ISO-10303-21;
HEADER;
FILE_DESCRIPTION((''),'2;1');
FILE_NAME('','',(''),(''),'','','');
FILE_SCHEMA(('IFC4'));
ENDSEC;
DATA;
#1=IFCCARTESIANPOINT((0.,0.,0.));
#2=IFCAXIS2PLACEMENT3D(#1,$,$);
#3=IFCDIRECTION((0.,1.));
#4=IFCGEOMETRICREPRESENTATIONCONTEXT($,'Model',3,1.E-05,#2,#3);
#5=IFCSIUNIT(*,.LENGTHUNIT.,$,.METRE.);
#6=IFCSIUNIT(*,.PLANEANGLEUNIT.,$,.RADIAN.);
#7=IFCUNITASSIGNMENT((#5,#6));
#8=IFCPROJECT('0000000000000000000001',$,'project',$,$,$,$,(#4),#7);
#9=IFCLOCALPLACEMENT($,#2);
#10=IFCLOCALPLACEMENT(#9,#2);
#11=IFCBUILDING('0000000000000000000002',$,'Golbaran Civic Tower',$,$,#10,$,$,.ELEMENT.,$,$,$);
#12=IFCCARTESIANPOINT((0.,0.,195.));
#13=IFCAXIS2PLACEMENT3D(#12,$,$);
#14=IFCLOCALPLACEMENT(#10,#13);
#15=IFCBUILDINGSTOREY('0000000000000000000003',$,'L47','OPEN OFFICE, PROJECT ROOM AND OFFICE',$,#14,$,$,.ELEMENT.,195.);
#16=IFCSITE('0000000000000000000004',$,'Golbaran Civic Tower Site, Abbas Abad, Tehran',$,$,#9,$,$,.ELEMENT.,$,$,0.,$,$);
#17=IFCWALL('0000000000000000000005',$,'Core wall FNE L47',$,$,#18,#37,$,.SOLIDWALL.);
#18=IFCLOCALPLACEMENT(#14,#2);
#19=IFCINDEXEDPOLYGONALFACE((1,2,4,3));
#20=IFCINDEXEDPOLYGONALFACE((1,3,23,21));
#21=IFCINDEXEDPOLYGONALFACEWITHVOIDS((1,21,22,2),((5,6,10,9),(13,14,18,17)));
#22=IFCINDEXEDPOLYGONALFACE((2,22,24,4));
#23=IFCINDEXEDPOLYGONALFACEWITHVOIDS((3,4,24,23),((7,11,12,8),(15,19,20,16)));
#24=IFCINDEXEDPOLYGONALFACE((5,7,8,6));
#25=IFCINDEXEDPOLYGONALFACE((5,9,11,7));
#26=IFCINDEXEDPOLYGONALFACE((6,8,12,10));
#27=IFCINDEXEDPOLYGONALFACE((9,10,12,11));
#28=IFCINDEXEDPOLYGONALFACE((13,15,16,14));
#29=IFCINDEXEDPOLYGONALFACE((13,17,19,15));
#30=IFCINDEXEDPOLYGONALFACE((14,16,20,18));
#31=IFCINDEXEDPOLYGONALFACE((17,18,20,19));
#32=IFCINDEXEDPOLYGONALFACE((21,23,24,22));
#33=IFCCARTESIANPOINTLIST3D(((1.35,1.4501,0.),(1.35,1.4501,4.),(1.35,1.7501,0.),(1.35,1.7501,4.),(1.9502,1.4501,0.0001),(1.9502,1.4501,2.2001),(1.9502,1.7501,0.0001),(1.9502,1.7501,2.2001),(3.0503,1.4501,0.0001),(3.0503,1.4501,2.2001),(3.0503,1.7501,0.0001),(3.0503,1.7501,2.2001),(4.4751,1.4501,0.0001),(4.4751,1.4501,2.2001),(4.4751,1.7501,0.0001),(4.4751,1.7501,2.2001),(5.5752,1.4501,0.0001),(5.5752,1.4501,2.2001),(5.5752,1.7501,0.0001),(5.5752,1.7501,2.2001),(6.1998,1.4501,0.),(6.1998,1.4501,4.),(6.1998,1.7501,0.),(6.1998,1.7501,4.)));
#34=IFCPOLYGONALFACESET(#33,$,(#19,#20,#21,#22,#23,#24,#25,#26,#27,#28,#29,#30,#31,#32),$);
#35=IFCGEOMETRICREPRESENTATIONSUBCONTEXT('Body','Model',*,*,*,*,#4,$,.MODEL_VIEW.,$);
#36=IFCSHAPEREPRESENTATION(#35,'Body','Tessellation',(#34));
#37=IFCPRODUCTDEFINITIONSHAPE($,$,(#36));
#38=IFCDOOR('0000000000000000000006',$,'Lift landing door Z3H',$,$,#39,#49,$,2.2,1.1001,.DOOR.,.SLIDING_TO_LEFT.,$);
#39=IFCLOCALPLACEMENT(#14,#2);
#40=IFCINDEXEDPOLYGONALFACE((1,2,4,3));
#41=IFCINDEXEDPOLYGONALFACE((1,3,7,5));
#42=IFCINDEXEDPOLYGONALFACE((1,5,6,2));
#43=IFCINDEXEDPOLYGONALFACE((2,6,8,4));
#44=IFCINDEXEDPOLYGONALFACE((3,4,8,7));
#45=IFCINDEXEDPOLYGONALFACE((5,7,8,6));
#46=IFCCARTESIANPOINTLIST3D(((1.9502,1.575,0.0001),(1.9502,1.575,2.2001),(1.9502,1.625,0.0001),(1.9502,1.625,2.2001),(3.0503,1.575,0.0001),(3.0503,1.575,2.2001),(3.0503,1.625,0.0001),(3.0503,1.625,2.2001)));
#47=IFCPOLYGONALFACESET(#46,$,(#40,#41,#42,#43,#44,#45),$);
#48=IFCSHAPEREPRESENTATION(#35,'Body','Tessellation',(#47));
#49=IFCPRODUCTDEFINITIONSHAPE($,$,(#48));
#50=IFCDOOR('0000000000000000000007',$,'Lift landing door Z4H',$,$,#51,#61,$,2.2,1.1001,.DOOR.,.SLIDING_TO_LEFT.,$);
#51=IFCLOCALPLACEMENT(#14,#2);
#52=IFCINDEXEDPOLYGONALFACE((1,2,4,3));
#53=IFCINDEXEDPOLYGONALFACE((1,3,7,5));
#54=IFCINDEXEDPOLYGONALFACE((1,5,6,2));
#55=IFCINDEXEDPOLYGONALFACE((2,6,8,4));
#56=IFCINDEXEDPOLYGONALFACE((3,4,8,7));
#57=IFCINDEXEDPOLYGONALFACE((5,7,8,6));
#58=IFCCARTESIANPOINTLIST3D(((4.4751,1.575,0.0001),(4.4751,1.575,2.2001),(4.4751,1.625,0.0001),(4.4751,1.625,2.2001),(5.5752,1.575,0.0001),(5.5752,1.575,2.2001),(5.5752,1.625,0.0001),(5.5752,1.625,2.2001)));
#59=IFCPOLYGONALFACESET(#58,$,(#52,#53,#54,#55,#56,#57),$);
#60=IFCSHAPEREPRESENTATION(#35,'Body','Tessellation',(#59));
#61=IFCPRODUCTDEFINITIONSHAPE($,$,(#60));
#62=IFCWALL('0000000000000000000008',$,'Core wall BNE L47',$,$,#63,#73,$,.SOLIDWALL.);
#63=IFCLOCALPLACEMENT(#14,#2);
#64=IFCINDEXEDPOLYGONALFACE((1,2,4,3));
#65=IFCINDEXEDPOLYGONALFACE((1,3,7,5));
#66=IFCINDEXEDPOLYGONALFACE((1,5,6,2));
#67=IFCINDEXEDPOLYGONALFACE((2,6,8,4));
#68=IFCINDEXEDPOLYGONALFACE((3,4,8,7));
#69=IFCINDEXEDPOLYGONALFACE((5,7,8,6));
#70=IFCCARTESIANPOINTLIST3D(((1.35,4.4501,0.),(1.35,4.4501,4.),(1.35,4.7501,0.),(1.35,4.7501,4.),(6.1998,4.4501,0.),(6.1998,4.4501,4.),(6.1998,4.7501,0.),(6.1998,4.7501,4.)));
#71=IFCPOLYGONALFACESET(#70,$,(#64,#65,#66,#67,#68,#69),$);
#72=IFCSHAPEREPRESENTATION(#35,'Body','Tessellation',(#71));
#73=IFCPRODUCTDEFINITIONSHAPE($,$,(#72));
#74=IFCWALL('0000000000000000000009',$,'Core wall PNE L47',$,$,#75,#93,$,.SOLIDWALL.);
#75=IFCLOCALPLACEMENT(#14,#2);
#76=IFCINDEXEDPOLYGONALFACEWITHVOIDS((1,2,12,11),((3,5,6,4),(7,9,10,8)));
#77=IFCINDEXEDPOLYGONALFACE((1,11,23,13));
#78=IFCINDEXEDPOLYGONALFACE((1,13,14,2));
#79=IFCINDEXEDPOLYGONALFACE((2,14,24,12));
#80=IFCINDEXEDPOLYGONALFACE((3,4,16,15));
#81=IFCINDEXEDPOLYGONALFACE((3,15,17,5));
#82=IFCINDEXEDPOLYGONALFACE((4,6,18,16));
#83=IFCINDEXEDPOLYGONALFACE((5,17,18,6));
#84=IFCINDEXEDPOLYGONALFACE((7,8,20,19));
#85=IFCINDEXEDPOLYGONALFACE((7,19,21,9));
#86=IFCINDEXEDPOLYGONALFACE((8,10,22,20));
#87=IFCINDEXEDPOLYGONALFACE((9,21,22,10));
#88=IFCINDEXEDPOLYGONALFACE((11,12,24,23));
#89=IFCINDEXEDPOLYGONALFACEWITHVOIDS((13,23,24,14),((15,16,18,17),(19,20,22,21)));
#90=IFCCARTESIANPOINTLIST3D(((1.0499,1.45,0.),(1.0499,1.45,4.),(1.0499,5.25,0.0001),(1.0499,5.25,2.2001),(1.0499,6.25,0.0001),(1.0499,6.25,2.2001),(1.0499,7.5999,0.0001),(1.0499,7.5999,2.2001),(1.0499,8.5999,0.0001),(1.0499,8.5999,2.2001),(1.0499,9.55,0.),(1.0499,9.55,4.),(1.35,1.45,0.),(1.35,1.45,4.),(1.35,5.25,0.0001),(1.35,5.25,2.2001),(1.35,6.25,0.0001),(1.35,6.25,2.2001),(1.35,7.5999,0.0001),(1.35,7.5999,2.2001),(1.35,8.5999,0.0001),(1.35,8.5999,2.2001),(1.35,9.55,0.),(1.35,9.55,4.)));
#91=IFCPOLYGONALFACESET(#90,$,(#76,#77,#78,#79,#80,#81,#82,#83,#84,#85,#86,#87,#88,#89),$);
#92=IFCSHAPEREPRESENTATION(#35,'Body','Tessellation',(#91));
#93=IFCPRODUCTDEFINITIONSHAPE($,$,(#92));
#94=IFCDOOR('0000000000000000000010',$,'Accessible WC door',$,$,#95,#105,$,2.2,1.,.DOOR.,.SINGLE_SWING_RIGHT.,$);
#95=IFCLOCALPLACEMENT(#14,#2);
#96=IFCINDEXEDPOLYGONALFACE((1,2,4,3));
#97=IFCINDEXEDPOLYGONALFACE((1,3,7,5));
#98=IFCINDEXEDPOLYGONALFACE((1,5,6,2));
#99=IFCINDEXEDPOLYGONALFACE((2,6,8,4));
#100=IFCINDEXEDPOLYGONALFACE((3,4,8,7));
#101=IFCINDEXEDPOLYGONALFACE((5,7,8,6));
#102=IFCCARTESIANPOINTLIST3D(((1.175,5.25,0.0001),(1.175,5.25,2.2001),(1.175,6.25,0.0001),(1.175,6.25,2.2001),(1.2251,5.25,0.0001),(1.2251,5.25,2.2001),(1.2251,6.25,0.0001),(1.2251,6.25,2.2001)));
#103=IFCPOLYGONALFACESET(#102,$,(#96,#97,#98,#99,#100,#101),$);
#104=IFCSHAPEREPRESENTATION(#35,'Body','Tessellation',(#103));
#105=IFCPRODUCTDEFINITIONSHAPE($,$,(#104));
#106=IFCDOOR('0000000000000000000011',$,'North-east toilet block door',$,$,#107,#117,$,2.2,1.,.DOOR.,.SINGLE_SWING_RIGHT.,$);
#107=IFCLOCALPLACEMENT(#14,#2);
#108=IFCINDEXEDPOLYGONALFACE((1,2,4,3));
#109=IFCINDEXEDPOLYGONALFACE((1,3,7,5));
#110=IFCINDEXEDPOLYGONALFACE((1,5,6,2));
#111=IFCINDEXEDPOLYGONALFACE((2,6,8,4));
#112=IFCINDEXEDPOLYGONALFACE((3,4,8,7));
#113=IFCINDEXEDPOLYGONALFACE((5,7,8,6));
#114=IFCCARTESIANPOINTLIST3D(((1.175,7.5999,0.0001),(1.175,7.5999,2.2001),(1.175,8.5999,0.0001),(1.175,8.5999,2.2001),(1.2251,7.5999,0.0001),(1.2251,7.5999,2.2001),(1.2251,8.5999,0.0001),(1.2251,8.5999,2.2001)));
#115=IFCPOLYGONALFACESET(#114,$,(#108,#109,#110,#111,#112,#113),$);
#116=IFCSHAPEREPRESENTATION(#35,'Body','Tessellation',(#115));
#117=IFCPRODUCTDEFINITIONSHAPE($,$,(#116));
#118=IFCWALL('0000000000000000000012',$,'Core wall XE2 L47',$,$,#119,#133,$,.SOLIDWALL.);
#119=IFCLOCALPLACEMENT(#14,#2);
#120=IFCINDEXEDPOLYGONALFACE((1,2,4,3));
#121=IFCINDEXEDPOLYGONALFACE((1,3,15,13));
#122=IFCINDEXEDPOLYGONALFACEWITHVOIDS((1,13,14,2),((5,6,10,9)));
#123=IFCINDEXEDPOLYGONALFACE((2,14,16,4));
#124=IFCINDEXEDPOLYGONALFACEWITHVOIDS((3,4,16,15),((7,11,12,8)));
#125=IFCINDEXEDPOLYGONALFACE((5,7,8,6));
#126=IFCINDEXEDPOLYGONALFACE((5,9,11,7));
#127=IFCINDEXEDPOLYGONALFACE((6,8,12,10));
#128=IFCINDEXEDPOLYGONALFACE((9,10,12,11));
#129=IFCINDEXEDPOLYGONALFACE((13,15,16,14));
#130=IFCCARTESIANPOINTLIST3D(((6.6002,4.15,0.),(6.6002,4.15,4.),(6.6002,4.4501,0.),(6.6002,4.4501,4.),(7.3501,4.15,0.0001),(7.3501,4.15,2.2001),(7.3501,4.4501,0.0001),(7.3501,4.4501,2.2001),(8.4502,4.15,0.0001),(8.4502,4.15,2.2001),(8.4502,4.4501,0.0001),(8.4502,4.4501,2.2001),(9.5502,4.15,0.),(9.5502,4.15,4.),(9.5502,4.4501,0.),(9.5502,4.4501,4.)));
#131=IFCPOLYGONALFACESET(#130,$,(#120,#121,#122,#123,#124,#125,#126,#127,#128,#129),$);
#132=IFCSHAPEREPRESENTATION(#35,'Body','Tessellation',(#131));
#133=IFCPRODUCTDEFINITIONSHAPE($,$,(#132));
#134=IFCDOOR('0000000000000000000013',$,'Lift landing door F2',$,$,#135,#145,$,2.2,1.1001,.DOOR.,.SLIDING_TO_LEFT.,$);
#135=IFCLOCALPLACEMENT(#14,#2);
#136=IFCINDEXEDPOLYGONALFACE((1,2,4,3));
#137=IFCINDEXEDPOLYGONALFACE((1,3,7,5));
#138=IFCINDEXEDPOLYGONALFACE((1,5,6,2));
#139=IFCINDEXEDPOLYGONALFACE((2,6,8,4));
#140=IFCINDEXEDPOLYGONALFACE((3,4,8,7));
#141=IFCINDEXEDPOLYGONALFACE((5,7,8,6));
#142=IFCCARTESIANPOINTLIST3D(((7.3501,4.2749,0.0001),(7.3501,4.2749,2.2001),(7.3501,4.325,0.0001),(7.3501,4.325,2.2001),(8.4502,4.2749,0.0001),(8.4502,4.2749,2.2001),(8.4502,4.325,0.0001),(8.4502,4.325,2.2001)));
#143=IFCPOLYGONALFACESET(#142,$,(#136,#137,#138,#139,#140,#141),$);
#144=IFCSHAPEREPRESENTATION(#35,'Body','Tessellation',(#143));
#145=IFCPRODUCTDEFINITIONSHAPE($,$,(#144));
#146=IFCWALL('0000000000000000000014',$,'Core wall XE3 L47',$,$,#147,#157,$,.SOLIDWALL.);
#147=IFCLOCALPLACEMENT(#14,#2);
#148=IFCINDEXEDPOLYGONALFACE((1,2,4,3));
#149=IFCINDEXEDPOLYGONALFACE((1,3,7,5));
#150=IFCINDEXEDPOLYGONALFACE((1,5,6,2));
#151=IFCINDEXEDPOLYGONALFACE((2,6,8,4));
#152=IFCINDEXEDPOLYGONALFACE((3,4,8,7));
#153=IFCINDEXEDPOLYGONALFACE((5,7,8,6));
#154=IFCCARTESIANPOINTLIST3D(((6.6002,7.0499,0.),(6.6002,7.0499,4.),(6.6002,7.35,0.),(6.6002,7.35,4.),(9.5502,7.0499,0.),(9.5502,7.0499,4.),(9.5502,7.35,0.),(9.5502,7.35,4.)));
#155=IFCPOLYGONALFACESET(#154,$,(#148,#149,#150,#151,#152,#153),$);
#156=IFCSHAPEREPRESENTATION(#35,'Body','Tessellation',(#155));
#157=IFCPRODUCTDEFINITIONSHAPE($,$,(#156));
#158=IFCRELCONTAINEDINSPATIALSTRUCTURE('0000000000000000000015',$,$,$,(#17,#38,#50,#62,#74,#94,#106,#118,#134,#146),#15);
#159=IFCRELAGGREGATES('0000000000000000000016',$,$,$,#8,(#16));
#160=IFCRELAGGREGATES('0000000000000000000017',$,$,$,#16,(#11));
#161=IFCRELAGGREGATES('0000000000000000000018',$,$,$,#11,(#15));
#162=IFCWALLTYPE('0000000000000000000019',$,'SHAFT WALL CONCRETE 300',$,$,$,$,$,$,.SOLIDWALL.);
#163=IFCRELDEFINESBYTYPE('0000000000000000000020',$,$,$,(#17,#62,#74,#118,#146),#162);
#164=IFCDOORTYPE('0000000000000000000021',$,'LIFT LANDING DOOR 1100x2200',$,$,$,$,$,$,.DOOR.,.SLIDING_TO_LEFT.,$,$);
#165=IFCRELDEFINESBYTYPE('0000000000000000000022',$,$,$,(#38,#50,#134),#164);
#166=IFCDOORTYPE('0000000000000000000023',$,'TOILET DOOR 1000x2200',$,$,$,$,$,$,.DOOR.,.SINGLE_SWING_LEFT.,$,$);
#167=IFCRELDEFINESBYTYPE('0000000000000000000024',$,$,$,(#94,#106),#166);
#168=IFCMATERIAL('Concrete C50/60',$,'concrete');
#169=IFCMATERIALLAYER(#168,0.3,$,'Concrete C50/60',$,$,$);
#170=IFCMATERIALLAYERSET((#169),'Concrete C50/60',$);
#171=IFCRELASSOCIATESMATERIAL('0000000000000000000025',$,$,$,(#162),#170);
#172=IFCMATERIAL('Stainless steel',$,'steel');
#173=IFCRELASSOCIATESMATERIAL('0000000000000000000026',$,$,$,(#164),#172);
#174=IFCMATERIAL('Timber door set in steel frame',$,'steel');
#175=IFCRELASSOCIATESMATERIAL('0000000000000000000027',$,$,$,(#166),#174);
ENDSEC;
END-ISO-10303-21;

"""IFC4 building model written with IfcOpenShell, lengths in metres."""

from ifc_helpers import new_model, si_unit, direction, frame, frame_2d, origin, place, context, subcontext, project, spatial, rectangle, extrude, material, layer, layer_set, type_object, element, fill, save


model = new_model("IFC4")

# Units and contexts
model_context = context("Model", 3, precision=1e-05, world=origin(), true_north=direction((0.0, 1.0)))
body_context = subcontext(model_context, "Body", "Model", "MODEL_VIEW")
ifc_project = project(units=[si_unit("LENGTHUNIT", "METRE"), si_unit("PLANEANGLEUNIT", "RADIAN")], contexts=[model_context])

# Site, building, storey
site_placement = place(None, origin())
site = spatial("IfcSite", under=ifc_project, at=site_placement, Name="Golbaran Civic Tower Site, Abbas Abad, Tehran", CompositionType="ELEMENT", RefElevation=0.0)
building_placement = place(site_placement, origin())
building = spatial("IfcBuilding", under=site, at=building_placement, Name="Golbaran Civic Tower", CompositionType="ELEMENT")
storey_placement = place(building_placement, frame((0.0, 0.0, 195.0)))
storey = spatial("IfcBuildingStorey", under=building, at=storey_placement, Name="L47", Description="OPEN OFFICE, PROJECT ROOM AND OFFICE", CompositionType="ELEMENT", Elevation=195.0)

# Shared definitions
ifc_material_1 = material(Name="Timber door set in steel frame", Category="steel")

# Wall, openings, doors
ifc_material_2 = material(Name="Concrete C50/60", Category="concrete")
ifc_layer_1 = layer(ifc_material_2, 0.3, Name="Concrete C50/60")
ifc_layer_set_1 = layer_set([ifc_layer_1], Name="Concrete C50/60")
wall_type_1 = type_object("IfcWallType", Name="SHAFT WALL CONCRETE 300", PredefinedType="SOLIDWALL", material=ifc_layer_set_1)
wall_1_placement = place(storey_placement, frame((1.3501, 1.6001, 0.0), z_axis=(0.0, 0.0, 1.0), x_axis=(1.0, 0.0, 0.0)))
wall_1 = element("IfcWall", 1, at=wall_1_placement, inside=storey, type_object=wall_type_1, Name="Core wall FNE L47", PredefinedType="SOLIDWALL", context=body_context, shape_type="SweptSolid", body=[
    extrude(rectangle(XDim=4.8499, YDim=0.3, at=frame_2d((2.4248, 0.0))), origin(), (0.0, 0.0, 1.0), 4.0),
])
opening_1_placement = place(wall_1_placement, frame((0.6001, 0.0, 0.0)))
opening_1 = element("IfcOpeningElement", 2, at=opening_1_placement, cuts=wall_1, PredefinedType="OPENING", context=body_context, shape_type="SweptSolid", body=[
    extrude(rectangle(XDim=1.1001, YDim=2.2, at=frame_2d((0.55, 1.1001))), frame((0.0, 0.1599, 0.0), z_axis=(0.0, -1.0, 0.0), x_axis=(1.0, 0.0, 0.0)), (0.0, 0.0, 1.0), 0.3201),
])
opening_2_placement = place(wall_1_placement, frame((3.125, 0.0, 0.0)))
opening_2 = element("IfcOpeningElement", 3, at=opening_2_placement, cuts=wall_1, PredefinedType="OPENING", context=body_context, shape_type="SweptSolid", body=[
    extrude(rectangle(XDim=1.1001, YDim=2.2, at=frame_2d((0.55, 1.1001))), frame((0.0, 0.1599, 0.0), z_axis=(0.0, -1.0, 0.0), x_axis=(1.0, 0.0, 0.0)), (0.0, 0.0, 1.0), 0.3201),
])
ifc_material_3 = material(Name="Stainless steel", Category="steel")
door_type_1 = type_object("IfcDoorType", Name="LIFT LANDING DOOR 1100x2200", OperationType="SLIDING_TO_LEFT", PredefinedType="DOOR", material=ifc_material_3)
door_1_placement = place(opening_1_placement, origin())
door_1 = element("IfcDoor", 4, at=door_1_placement, inside=storey, type_object=door_type_1, Name="Lift landing door Z3H", OperationType="SLIDING_TO_LEFT", OverallHeight=2.2, OverallWidth=1.1001, PredefinedType="DOOR", context=body_context, shape_type="SweptSolid", body=[
    extrude(rectangle(XDim=1.1001, YDim=2.2, at=frame_2d((0.55, 1.1001))), frame((0.0, 0.0249, 0.0), z_axis=(0.0, -1.0, 0.0), x_axis=(1.0, 0.0, 0.0)), (0.0, 0.0, 1.0), 0.05),
])
fill(opening_1, door_1)
door_2_placement = place(opening_2_placement, origin())
door_2 = element("IfcDoor", 5, at=door_2_placement, inside=storey, type_object=door_type_1, Name="Lift landing door Z4H", OperationType="SLIDING_TO_LEFT", OverallHeight=2.2, OverallWidth=1.1001, PredefinedType="DOOR", context=body_context, shape_type="SweptSolid", body=[
    extrude(rectangle(XDim=1.1001, YDim=2.2, at=frame_2d((0.55, 1.1001))), frame((0.0, 0.0249, 0.0), z_axis=(0.0, -1.0, 0.0), x_axis=(1.0, 0.0, 0.0)), (0.0, 0.0, 1.0), 0.05),
])
fill(opening_2, door_2)

# Wall
wall_2_placement = place(storey_placement, frame((1.3501, 4.6001, 0.0), z_axis=(0.0, 0.0, 1.0), x_axis=(1.0, 0.0, 0.0)))
element("IfcWall", 6, at=wall_2_placement, inside=storey, type_object=wall_type_1, Name="Core wall BNE L47", PredefinedType="SOLIDWALL", context=body_context, shape_type="SweptSolid", body=[
    extrude(rectangle(XDim=4.8499, YDim=0.3, at=frame_2d((2.4248, 0.0))), origin(), (0.0, 0.0, 1.0), 4.0),
])

# Wall, openings, doors
wall_3_placement = place(storey_placement, frame((1.2, 1.45, 0.0), z_axis=(0.0, 0.0, 1.0), x_axis=(0.0, 1.0, 0.0)))
wall_3 = element("IfcWall", 7, at=wall_3_placement, inside=storey, type_object=wall_type_1, Name="Core wall PNE L47", PredefinedType="SOLIDWALL", context=body_context, shape_type="SweptSolid", body=[
    extrude(rectangle(XDim=8.1001, YDim=0.3, at=frame_2d((4.05, 0.0))), origin(), (0.0, 0.0, 1.0), 4.0),
])
opening_3_placement = place(wall_3_placement, frame((3.8, 0.0, 0.0)))
opening_3 = element("IfcOpeningElement", 8, at=opening_3_placement, cuts=wall_3, PredefinedType="OPENING", context=body_context, shape_type="SweptSolid", body=[
    extrude(rectangle(XDim=1.0, YDim=2.2, at=frame_2d((0.5, 1.1001))), frame((0.0, 0.1599, 0.0), z_axis=(0.0, -1.0, 0.0), x_axis=(1.0, 0.0, 0.0)), (0.0, 0.0, 1.0), 0.3201),
])
opening_4_placement = place(wall_3_placement, frame((6.1499, 0.0, 0.0)))
opening_4 = element("IfcOpeningElement", 9, at=opening_4_placement, cuts=wall_3, PredefinedType="OPENING", context=body_context, shape_type="SweptSolid", body=[
    extrude(rectangle(XDim=1.0, YDim=2.2, at=frame_2d((0.5, 1.1001))), frame((0.0, 0.1599, 0.0), z_axis=(0.0, -1.0, 0.0), x_axis=(1.0, 0.0, 0.0)), (0.0, 0.0, 1.0), 0.3201),
])
door_type_2 = type_object("IfcDoorType", Name="TOILET DOOR 1000x2200", OperationType="SINGLE_SWING_LEFT", PredefinedType="DOOR", material=ifc_material_1)
door_3_placement = place(opening_3_placement, origin())
door_3 = element("IfcDoor", 10, at=door_3_placement, inside=storey, type_object=door_type_2, Name="Accessible WC door", OperationType="SINGLE_SWING_RIGHT", OverallHeight=2.2, OverallWidth=1.0, PredefinedType="DOOR", context=body_context, shape_type="SweptSolid", body=[
    extrude(rectangle(XDim=1.0, YDim=2.2, at=frame_2d((0.5, 1.1001))), frame((0.0, 0.0249, 0.0), z_axis=(0.0, -1.0, 0.0), x_axis=(1.0, 0.0, 0.0)), (0.0, 0.0, 1.0), 0.05),
])
fill(opening_3, door_3)
door_4_placement = place(opening_4_placement, origin())
door_4 = element("IfcDoor", 11, at=door_4_placement, inside=storey, type_object=door_type_2, Name="North-east toilet block door", OperationType="SINGLE_SWING_RIGHT", OverallHeight=2.2, OverallWidth=1.0, PredefinedType="DOOR", context=body_context, shape_type="SweptSolid", body=[
    extrude(rectangle(XDim=1.0, YDim=2.2, at=frame_2d((0.5, 1.1001))), frame((0.0, 0.0249, 0.0), z_axis=(0.0, -1.0, 0.0), x_axis=(1.0, 0.0, 0.0)), (0.0, 0.0, 1.0), 0.05),
])
fill(opening_4, door_4)

# Wall, opening, door
wall_4_placement = place(storey_placement, frame((6.6001, 4.3, 0.0), z_axis=(0.0, 0.0, 1.0), x_axis=(1.0, 0.0, 0.0)))
wall_4 = element("IfcWall", 12, at=wall_4_placement, inside=storey, type_object=wall_type_1, Name="Core wall XE2 L47", PredefinedType="SOLIDWALL", context=body_context, shape_type="SweptSolid", body=[
    extrude(rectangle(XDim=2.95, YDim=0.3, at=frame_2d((1.4751, 0.0))), origin(), (0.0, 0.0, 1.0), 4.0),
])
opening_5_placement = place(wall_4_placement, frame((0.75, 0.0, 0.0)))
opening_5 = element("IfcOpeningElement", 13, at=opening_5_placement, cuts=wall_4, PredefinedType="OPENING", context=body_context, shape_type="SweptSolid", body=[
    extrude(rectangle(XDim=1.1001, YDim=2.2, at=frame_2d((0.55, 1.1001))), frame((0.0, 0.1599, 0.0), z_axis=(0.0, -1.0, 0.0), x_axis=(1.0, 0.0, 0.0)), (0.0, 0.0, 1.0), 0.3201),
])
door_5_placement = place(opening_5_placement, origin())
door_5 = element("IfcDoor", 14, at=door_5_placement, inside=storey, type_object=door_type_1, Name="Lift landing door F2", OperationType="SLIDING_TO_LEFT", OverallHeight=2.2, OverallWidth=1.1001, PredefinedType="DOOR", context=body_context, shape_type="SweptSolid", body=[
    extrude(rectangle(XDim=1.1001, YDim=2.2, at=frame_2d((0.55, 1.1001))), frame((0.0, 0.0249, 0.0), z_axis=(0.0, -1.0, 0.0), x_axis=(1.0, 0.0, 0.0)), (0.0, 0.0, 1.0), 0.05),
])
fill(opening_5, door_5)

# Wall
wall_5_placement = place(storey_placement, frame((6.6001, 7.2, 0.0), z_axis=(0.0, 0.0, 1.0), x_axis=(1.0, 0.0, 0.0)))
element("IfcWall", 15, at=wall_5_placement, inside=storey, type_object=wall_type_1, Name="Core wall XE3 L47", PredefinedType="SOLIDWALL", context=body_context, shape_type="SweptSolid", body=[
    extrude(rectangle(XDim=2.95, YDim=0.3, at=frame_2d((1.4751, 0.0))), origin(), (0.0, 0.0, 1.0), 4.0),
])

save(model, "model.ifc")
